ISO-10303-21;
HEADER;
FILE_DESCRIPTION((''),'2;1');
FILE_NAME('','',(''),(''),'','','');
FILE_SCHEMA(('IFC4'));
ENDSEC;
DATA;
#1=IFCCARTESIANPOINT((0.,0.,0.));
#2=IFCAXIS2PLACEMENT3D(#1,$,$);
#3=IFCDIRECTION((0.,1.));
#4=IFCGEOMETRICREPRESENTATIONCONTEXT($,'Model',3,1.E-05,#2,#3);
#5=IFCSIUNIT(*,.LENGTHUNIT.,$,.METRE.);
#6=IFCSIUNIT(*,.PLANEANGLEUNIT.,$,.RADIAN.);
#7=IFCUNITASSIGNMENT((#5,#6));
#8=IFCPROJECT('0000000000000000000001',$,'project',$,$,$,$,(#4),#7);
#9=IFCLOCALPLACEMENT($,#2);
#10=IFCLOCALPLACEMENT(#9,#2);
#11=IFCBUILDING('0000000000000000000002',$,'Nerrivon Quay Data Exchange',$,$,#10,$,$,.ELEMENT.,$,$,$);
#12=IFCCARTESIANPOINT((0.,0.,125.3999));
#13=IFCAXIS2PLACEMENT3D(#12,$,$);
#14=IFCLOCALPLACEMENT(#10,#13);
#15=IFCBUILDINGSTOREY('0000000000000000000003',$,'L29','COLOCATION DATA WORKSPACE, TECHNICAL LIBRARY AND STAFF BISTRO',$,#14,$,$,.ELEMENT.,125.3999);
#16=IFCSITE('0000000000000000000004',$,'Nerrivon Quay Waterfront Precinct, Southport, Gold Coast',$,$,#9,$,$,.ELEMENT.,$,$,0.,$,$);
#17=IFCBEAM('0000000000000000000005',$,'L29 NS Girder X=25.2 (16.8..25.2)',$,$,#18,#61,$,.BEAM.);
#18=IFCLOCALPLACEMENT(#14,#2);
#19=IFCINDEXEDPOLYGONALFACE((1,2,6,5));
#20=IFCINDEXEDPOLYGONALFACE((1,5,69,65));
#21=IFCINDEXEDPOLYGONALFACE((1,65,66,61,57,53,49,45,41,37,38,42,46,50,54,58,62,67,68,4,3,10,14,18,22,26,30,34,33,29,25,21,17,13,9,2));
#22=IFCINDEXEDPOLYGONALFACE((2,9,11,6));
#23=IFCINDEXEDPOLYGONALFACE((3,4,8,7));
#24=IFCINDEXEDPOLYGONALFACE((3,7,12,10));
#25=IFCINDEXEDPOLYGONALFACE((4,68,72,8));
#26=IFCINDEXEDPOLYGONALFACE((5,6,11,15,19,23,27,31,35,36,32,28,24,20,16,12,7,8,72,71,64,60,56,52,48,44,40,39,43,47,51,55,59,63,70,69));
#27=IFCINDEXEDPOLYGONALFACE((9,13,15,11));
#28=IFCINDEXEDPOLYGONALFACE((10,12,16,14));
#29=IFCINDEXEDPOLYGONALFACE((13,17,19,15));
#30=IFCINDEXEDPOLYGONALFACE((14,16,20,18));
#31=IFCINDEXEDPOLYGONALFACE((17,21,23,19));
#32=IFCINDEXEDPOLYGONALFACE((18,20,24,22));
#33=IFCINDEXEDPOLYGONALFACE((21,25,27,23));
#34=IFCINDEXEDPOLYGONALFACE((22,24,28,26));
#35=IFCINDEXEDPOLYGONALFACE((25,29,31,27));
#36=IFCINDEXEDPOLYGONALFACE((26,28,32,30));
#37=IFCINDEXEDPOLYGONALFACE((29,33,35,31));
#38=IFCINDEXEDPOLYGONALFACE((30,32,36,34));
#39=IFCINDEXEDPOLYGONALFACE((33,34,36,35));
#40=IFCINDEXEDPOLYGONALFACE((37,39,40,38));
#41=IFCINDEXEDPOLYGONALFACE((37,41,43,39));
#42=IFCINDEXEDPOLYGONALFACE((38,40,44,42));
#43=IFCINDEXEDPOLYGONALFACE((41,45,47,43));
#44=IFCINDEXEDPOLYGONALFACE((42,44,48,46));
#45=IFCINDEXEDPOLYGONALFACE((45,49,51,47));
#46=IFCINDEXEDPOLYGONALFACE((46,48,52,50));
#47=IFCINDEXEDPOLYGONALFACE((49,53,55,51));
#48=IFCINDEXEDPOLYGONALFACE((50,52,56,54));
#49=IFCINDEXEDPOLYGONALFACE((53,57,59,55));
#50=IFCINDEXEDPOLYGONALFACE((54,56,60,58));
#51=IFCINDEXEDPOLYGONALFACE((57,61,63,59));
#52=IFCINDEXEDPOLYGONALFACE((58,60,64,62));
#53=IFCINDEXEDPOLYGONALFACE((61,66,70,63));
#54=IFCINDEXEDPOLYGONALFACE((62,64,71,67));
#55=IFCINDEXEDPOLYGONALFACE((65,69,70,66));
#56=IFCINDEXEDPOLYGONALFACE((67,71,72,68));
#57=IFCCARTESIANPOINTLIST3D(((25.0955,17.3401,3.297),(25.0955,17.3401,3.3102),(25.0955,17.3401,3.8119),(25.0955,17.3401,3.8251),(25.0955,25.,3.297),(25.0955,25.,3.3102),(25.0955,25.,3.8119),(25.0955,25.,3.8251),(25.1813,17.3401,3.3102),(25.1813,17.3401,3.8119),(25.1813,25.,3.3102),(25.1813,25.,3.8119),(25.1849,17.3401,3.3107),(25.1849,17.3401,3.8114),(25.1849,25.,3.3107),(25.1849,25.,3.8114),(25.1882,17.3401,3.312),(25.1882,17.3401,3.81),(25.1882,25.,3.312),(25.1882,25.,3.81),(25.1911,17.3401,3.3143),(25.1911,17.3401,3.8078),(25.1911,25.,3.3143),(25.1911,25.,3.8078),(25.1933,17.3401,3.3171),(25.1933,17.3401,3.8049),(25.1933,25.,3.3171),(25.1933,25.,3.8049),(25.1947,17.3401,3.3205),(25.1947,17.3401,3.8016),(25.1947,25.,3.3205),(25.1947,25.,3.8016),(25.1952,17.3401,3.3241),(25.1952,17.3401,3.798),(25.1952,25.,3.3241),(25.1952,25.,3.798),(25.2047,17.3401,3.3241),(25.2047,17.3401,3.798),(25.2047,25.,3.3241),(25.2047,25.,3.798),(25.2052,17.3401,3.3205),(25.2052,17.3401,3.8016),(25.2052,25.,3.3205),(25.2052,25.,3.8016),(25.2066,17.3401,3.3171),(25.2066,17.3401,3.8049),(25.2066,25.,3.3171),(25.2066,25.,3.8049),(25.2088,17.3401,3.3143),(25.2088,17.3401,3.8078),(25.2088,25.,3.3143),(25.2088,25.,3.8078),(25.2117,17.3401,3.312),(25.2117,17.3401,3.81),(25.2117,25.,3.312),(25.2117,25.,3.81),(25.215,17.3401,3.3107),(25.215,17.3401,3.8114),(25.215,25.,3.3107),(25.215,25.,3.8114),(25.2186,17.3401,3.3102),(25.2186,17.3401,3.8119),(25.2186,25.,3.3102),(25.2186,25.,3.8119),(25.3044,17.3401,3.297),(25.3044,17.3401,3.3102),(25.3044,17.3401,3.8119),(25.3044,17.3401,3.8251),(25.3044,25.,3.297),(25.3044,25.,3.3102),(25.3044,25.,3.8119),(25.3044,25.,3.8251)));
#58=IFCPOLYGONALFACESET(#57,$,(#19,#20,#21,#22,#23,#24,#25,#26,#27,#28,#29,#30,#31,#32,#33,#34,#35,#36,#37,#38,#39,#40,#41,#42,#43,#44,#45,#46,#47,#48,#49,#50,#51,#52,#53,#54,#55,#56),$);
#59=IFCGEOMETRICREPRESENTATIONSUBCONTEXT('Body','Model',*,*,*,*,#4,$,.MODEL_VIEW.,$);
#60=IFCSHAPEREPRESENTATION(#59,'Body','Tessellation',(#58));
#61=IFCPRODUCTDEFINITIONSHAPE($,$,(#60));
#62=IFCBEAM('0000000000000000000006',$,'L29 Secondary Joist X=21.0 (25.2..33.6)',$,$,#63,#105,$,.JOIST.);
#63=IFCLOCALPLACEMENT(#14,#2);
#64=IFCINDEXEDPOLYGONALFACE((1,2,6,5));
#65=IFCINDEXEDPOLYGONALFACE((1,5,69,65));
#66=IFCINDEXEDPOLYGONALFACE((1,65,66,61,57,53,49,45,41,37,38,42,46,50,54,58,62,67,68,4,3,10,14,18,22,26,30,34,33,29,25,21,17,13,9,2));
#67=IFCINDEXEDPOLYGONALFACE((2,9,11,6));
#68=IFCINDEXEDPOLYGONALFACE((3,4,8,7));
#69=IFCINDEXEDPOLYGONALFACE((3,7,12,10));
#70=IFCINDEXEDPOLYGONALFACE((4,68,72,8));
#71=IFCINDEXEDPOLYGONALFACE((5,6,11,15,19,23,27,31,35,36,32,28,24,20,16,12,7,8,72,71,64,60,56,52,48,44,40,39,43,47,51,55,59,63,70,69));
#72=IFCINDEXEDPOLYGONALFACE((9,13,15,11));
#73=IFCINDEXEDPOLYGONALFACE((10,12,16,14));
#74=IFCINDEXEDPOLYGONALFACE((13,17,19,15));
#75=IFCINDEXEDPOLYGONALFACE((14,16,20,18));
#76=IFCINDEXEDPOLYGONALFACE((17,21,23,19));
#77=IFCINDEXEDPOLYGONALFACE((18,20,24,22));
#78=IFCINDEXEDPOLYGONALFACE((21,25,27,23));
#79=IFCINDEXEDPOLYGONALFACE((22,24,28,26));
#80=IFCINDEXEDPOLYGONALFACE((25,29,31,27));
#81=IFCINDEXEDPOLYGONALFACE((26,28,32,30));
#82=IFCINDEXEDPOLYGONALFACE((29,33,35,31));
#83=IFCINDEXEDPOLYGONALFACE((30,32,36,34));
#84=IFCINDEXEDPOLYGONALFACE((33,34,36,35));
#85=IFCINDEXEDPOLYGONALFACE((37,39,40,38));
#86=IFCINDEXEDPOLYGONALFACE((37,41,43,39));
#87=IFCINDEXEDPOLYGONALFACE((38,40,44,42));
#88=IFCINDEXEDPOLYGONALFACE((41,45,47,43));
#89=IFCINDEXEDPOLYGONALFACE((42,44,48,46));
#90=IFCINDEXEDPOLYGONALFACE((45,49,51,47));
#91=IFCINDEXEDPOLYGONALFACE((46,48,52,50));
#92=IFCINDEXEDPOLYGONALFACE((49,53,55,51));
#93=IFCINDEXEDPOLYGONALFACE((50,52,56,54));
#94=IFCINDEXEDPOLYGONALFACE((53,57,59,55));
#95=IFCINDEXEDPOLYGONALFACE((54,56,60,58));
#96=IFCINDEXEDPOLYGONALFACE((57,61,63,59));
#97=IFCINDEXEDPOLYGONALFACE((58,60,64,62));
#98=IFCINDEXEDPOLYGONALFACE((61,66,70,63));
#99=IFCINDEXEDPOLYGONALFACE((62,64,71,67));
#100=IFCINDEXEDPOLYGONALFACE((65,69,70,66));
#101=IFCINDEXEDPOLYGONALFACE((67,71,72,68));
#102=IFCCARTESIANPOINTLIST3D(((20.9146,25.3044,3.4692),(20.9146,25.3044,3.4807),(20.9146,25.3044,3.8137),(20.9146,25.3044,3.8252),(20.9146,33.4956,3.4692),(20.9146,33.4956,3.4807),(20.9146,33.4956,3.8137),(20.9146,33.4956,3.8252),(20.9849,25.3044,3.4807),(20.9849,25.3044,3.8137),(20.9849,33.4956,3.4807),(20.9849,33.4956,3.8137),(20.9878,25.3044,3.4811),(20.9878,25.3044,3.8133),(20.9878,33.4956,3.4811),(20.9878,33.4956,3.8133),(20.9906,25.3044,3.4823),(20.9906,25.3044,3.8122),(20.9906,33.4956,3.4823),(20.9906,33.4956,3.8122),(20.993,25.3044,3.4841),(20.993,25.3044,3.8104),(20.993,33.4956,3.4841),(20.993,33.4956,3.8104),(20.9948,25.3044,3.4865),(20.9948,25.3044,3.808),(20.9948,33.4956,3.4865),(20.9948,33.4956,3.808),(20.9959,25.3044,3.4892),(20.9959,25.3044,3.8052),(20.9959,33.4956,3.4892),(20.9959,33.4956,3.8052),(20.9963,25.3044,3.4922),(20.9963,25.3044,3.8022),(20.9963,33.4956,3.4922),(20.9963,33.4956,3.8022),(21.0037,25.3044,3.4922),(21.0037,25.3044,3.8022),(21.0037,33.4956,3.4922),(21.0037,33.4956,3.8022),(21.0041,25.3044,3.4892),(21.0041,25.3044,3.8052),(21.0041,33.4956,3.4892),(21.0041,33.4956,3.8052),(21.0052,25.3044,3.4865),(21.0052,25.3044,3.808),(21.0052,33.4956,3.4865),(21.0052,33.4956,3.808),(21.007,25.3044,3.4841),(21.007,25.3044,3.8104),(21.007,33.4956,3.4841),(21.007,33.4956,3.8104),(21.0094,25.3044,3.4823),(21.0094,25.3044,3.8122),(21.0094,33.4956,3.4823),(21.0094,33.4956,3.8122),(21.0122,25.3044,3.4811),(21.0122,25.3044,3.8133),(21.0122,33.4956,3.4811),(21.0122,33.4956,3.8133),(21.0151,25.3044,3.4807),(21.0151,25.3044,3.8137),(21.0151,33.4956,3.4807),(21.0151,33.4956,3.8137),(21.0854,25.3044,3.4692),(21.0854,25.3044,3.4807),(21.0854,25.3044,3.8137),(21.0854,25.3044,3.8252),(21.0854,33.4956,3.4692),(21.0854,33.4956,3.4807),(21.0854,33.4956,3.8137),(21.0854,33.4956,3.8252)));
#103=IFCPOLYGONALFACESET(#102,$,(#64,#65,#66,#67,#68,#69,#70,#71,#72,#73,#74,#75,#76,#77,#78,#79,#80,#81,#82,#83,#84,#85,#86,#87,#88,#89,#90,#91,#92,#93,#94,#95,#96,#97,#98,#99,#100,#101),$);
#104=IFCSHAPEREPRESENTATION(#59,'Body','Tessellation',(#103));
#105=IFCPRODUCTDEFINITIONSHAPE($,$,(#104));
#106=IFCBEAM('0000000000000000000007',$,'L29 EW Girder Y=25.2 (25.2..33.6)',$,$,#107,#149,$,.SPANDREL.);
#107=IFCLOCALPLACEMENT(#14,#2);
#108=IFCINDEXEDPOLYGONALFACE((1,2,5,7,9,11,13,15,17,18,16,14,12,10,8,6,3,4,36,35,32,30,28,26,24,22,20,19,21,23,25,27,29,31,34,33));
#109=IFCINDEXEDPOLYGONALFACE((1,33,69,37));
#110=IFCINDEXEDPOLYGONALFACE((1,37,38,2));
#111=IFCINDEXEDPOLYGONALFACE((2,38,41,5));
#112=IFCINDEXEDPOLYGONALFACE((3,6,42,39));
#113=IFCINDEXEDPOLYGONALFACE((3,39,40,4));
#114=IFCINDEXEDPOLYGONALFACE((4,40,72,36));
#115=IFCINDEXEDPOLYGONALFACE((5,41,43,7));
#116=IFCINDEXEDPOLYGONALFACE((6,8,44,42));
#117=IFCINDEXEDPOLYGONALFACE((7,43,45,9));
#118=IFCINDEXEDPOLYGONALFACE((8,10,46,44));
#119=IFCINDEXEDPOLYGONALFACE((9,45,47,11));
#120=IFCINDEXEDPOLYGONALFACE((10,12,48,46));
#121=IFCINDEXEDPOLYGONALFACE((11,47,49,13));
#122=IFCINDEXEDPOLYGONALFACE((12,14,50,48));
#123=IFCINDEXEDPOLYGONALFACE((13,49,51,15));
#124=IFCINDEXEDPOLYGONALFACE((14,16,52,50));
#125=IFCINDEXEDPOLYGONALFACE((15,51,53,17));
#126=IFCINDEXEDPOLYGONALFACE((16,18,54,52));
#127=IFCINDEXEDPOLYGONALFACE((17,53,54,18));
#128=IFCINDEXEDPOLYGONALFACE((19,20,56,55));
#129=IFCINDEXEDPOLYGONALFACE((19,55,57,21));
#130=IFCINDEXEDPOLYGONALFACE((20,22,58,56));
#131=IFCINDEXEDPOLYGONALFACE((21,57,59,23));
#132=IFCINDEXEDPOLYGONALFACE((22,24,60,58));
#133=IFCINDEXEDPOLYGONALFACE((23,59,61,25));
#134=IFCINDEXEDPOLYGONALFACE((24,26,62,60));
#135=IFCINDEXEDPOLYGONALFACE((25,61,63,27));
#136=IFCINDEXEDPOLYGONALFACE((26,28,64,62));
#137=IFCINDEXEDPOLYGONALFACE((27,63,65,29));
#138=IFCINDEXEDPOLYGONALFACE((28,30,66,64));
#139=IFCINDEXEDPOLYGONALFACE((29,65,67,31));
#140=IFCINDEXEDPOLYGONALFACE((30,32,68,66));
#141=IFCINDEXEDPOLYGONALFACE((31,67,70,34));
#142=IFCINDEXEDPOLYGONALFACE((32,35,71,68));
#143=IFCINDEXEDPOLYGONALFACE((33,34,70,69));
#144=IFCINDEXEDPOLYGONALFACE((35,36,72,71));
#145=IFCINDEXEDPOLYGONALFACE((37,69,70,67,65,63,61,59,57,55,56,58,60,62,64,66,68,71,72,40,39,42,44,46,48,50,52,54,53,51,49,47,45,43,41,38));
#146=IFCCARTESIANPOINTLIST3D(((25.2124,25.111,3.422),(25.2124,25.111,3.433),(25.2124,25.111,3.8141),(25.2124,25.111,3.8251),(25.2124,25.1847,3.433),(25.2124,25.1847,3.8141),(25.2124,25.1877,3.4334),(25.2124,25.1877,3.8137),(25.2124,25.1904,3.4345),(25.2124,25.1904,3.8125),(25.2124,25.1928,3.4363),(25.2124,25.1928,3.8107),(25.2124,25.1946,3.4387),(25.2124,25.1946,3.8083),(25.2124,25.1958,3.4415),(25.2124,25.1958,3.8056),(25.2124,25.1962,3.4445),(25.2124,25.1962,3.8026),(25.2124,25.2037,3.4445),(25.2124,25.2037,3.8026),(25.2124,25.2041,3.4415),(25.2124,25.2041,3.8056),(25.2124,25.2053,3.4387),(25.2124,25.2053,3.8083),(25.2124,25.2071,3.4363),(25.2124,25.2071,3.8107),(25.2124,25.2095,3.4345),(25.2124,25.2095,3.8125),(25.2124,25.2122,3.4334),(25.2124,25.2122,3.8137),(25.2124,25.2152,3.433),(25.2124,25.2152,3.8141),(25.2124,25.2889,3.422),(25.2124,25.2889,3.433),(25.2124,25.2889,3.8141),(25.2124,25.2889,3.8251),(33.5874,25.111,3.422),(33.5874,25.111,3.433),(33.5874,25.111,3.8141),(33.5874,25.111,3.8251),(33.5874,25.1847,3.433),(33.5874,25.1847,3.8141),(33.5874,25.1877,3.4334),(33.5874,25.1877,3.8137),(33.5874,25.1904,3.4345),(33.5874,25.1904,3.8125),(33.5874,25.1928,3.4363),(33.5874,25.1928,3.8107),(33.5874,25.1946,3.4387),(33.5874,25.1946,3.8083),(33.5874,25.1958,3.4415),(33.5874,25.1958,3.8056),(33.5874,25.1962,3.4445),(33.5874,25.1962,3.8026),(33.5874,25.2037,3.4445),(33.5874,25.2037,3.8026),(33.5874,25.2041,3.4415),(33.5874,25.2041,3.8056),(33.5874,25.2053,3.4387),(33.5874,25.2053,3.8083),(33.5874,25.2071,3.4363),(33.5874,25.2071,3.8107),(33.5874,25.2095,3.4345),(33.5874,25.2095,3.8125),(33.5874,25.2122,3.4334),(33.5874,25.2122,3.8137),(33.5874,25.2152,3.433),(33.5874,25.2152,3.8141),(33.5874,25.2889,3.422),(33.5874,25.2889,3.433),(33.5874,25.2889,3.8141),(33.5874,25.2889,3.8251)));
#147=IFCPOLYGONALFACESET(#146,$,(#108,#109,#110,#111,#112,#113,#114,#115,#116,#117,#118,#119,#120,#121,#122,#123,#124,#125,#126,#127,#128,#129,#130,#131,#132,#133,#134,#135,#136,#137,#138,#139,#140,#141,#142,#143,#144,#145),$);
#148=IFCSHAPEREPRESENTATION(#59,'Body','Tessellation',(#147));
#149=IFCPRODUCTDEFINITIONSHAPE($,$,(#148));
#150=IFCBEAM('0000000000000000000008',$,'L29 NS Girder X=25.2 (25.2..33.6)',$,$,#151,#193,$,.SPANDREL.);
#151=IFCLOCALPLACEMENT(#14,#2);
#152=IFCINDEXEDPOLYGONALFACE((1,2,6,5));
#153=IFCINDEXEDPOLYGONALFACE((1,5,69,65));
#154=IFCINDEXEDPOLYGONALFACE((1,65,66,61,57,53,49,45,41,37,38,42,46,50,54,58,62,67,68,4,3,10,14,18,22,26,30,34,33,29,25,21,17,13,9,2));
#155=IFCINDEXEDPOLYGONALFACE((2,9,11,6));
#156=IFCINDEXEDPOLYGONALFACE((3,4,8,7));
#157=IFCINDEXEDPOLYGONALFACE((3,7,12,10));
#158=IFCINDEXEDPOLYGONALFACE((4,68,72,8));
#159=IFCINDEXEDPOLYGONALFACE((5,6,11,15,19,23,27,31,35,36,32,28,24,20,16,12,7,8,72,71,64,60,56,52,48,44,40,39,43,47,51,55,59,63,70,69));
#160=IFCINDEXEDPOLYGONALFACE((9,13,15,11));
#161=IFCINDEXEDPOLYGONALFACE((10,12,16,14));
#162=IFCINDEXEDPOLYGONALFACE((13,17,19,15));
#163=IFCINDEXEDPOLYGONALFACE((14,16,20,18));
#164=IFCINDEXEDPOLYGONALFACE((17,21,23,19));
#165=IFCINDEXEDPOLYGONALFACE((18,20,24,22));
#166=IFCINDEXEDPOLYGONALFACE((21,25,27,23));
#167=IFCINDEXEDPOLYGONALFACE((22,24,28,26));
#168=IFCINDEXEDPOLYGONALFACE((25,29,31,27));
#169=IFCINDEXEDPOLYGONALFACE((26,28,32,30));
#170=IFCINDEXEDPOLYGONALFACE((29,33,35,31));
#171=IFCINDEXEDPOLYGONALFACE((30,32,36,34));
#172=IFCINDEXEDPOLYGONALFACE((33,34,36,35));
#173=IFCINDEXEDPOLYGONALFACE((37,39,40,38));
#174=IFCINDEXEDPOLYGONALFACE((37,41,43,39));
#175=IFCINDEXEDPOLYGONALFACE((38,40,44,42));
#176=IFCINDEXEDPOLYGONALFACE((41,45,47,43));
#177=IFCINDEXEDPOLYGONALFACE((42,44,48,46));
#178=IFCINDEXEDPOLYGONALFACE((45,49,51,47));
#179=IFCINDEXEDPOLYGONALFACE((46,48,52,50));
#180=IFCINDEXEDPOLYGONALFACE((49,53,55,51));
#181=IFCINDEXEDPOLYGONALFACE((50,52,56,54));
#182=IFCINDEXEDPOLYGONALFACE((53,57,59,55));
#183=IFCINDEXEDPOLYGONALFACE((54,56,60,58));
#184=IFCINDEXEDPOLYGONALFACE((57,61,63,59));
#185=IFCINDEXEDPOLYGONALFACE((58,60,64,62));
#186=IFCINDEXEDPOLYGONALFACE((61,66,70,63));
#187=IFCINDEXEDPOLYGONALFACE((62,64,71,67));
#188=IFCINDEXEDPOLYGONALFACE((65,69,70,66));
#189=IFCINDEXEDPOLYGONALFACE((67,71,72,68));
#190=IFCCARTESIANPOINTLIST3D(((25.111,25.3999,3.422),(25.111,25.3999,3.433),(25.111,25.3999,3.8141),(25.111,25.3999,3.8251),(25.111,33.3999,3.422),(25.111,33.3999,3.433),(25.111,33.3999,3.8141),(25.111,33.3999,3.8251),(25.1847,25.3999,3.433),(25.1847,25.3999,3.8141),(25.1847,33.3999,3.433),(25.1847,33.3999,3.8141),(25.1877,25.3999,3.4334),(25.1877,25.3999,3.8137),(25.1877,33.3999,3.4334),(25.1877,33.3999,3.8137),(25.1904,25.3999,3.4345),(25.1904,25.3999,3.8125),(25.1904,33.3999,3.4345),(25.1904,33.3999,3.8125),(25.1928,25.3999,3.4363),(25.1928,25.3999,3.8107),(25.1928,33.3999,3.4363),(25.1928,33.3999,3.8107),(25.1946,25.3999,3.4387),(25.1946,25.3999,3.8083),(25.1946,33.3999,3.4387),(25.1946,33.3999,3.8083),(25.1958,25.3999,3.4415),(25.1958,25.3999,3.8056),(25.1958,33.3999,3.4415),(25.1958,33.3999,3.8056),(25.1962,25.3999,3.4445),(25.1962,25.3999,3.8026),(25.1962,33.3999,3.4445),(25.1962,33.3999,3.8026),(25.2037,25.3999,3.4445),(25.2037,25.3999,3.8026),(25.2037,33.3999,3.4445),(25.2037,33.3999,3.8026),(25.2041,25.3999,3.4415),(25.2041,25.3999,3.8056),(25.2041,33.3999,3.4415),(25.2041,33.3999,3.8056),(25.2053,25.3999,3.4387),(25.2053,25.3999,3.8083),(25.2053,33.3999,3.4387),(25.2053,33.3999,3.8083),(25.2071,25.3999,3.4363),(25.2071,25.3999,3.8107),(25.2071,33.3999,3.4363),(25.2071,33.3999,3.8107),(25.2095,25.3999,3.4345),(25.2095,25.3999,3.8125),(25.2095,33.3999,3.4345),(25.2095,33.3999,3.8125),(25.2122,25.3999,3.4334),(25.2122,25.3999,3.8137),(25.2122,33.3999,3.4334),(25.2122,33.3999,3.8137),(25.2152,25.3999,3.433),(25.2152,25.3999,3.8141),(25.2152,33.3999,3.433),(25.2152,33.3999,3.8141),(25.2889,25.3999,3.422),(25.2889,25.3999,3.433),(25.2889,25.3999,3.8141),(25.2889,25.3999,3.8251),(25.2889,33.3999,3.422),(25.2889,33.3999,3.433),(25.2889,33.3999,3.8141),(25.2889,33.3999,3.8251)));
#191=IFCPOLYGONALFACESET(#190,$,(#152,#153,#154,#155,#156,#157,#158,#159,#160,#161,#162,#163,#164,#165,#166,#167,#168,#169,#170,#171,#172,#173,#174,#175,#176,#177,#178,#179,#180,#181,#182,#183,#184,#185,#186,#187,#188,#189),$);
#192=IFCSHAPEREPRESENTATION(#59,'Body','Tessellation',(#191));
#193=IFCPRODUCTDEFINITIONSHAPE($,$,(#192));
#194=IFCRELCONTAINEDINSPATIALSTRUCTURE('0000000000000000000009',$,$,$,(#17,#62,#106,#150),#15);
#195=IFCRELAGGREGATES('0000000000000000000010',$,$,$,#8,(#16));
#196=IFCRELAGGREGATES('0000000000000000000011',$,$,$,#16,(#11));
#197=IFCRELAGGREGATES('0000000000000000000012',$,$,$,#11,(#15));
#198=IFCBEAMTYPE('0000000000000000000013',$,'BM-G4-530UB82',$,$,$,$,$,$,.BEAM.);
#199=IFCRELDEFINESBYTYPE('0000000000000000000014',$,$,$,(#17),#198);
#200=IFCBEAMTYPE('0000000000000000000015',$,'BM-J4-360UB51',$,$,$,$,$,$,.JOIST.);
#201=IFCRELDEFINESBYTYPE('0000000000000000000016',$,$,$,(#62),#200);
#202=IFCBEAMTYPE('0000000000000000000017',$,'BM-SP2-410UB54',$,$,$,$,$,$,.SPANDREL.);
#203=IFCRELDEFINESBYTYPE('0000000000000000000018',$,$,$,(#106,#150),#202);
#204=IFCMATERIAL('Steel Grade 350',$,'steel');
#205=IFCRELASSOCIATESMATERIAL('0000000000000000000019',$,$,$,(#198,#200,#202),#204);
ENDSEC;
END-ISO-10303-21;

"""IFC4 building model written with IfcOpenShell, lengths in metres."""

from ifc_helpers import new_model, si_unit, direction, frame, origin, origin_2d, place, context, subcontext, project, spatial, i_section, extrude, material, material_profile, profile_set, type_object, element, save


model = new_model("IFC4")

# Units and contexts
model_context = context("Model", 3, precision=1e-05, world=origin(), true_north=direction((0.0, 1.0)))
body_context = subcontext(model_context, "Body", "Model", "MODEL_VIEW")
ifc_project = project(units=[si_unit("LENGTHUNIT", "METRE"), si_unit("PLANEANGLEUNIT", "RADIAN")], contexts=[model_context])

# Site, building, storey
site_placement = place(None, origin())
site = spatial("IfcSite", under=ifc_project, at=site_placement, Name="Nerrivon Quay Waterfront Precinct, Southport, Gold Coast", CompositionType="ELEMENT", RefElevation=0.0)
building_placement = place(site_placement, origin())
building = spatial("IfcBuilding", under=site, at=building_placement, Name="Nerrivon Quay Data Exchange", CompositionType="ELEMENT")
storey_placement = place(building_placement, frame((0.0, 0.0, 125.3999)))
storey = spatial("IfcBuildingStorey", under=building, at=storey_placement, Name="L29", Description="COLOCATION DATA WORKSPACE, TECHNICAL LIBRARY AND STAFF BISTRO", CompositionType="ELEMENT", Elevation=125.3999)

# Shared definitions
ifc_material_1 = material(Name="Steel Grade 350", Category="steel")

# Beams
ifc_material_profile_1 = material_profile(ifc_material_1, i_section(OverallWidth=0.209, OverallDepth=0.5281, WebThickness=0.0095, FlangeThickness=0.0132, FilletRadius=0.0139, at=origin_2d()), Name="530UB82.0")
ifc_profile_set_1 = profile_set([ifc_material_profile_1], Name="Steel Grade 350")
beam_type_1 = type_object("IfcBeamType", Name="BM-G4-530UB82", PredefinedType="BEAM", material=ifc_profile_set_1)
beam_1_placement = place(storey_placement, frame((25.2, 17.3401, 3.561), z_axis=(0.0, 1.0, 0.0), x_axis=(-1.0, 0.0, 0.0)))
element("IfcBeam", 1, at=beam_1_placement, inside=storey, type_object=beam_type_1, Name="L29 NS Girder X=25.2 (16.8..25.2)", PredefinedType="BEAM", context=body_context, shape_type="SweptSolid", body=[
    extrude(i_section(OverallWidth=0.209, OverallDepth=0.5281, WebThickness=0.0095, FlangeThickness=0.0132, FilletRadius=0.0139, at=origin_2d()), origin(), (0.0, 0.0, 1.0), 7.6599),
])
ifc_material_profile_2 = material_profile(ifc_material_1, i_section(OverallWidth=0.1709, OverallDepth=0.356, WebThickness=0.0073, FlangeThickness=0.0115, FilletRadius=0.0115, at=origin_2d()), Name="360UB50.7")
ifc_profile_set_2 = profile_set([ifc_material_profile_2], Name="Steel Grade 350")
beam_type_2 = type_object("IfcBeamType", Name="BM-J4-360UB51", PredefinedType="JOIST", material=ifc_profile_set_2)
beam_2_placement = place(storey_placement, frame((21.0, 25.3044, 3.6472), z_axis=(0.0, 1.0, 0.0), x_axis=(-1.0, 0.0, 0.0)))
element("IfcBeam", 2, at=beam_2_placement, inside=storey, type_object=beam_type_2, Name="L29 Secondary Joist X=21.0 (25.2..33.6)", PredefinedType="JOIST", context=body_context, shape_type="SweptSolid", body=[
    extrude(i_section(OverallWidth=0.1709, OverallDepth=0.356, WebThickness=0.0073, FlangeThickness=0.0115, FilletRadius=0.0115, at=origin_2d()), origin(), (0.0, 0.0, 1.0), 8.1912),
])
ifc_material_profile_3 = material_profile(ifc_material_1, i_section(OverallWidth=0.178, OverallDepth=0.4031, WebThickness=0.0076, FlangeThickness=0.011, FilletRadius=0.0115, at=origin_2d()), Name="410UB53.7")
ifc_profile_set_3 = profile_set([ifc_material_profile_3], Name="Steel Grade 350")
beam_type_3 = type_object("IfcBeamType", Name="BM-SP2-410UB54", PredefinedType="SPANDREL", material=ifc_profile_set_3)
beam_3_placement = place(storey_placement, frame((25.2124, 25.2, 3.6235), z_axis=(1.0, 0.0, 0.0), x_axis=(0.0, 1.0, 0.0)))
element("IfcBeam", 3, at=beam_3_placement, inside=storey, type_object=beam_type_3, Name="L29 EW Girder Y=25.2 (25.2..33.6)", PredefinedType="SPANDREL", context=body_context, shape_type="SweptSolid", body=[
    extrude(i_section(OverallWidth=0.178, OverallDepth=0.4031, WebThickness=0.0076, FlangeThickness=0.011, FilletRadius=0.0115, at=origin_2d()), origin(), (0.0, 0.0, 1.0), 8.375),
])
beam_4_placement = place(storey_placement, frame((25.2, 25.3999, 3.6235), z_axis=(0.0, 1.0, 0.0), x_axis=(-1.0, 0.0, 0.0)))
element("IfcBeam", 4, at=beam_4_placement, inside=storey, type_object=beam_type_3, Name="L29 NS Girder X=25.2 (25.2..33.6)", PredefinedType="SPANDREL", context=body_context, shape_type="SweptSolid", body=[
    extrude(i_section(OverallWidth=0.178, OverallDepth=0.4031, WebThickness=0.0076, FlangeThickness=0.011, FilletRadius=0.0115, at=origin_2d()), origin(), (0.0, 0.0, 1.0), 8.0),
])

save(model, "model.ifc")
